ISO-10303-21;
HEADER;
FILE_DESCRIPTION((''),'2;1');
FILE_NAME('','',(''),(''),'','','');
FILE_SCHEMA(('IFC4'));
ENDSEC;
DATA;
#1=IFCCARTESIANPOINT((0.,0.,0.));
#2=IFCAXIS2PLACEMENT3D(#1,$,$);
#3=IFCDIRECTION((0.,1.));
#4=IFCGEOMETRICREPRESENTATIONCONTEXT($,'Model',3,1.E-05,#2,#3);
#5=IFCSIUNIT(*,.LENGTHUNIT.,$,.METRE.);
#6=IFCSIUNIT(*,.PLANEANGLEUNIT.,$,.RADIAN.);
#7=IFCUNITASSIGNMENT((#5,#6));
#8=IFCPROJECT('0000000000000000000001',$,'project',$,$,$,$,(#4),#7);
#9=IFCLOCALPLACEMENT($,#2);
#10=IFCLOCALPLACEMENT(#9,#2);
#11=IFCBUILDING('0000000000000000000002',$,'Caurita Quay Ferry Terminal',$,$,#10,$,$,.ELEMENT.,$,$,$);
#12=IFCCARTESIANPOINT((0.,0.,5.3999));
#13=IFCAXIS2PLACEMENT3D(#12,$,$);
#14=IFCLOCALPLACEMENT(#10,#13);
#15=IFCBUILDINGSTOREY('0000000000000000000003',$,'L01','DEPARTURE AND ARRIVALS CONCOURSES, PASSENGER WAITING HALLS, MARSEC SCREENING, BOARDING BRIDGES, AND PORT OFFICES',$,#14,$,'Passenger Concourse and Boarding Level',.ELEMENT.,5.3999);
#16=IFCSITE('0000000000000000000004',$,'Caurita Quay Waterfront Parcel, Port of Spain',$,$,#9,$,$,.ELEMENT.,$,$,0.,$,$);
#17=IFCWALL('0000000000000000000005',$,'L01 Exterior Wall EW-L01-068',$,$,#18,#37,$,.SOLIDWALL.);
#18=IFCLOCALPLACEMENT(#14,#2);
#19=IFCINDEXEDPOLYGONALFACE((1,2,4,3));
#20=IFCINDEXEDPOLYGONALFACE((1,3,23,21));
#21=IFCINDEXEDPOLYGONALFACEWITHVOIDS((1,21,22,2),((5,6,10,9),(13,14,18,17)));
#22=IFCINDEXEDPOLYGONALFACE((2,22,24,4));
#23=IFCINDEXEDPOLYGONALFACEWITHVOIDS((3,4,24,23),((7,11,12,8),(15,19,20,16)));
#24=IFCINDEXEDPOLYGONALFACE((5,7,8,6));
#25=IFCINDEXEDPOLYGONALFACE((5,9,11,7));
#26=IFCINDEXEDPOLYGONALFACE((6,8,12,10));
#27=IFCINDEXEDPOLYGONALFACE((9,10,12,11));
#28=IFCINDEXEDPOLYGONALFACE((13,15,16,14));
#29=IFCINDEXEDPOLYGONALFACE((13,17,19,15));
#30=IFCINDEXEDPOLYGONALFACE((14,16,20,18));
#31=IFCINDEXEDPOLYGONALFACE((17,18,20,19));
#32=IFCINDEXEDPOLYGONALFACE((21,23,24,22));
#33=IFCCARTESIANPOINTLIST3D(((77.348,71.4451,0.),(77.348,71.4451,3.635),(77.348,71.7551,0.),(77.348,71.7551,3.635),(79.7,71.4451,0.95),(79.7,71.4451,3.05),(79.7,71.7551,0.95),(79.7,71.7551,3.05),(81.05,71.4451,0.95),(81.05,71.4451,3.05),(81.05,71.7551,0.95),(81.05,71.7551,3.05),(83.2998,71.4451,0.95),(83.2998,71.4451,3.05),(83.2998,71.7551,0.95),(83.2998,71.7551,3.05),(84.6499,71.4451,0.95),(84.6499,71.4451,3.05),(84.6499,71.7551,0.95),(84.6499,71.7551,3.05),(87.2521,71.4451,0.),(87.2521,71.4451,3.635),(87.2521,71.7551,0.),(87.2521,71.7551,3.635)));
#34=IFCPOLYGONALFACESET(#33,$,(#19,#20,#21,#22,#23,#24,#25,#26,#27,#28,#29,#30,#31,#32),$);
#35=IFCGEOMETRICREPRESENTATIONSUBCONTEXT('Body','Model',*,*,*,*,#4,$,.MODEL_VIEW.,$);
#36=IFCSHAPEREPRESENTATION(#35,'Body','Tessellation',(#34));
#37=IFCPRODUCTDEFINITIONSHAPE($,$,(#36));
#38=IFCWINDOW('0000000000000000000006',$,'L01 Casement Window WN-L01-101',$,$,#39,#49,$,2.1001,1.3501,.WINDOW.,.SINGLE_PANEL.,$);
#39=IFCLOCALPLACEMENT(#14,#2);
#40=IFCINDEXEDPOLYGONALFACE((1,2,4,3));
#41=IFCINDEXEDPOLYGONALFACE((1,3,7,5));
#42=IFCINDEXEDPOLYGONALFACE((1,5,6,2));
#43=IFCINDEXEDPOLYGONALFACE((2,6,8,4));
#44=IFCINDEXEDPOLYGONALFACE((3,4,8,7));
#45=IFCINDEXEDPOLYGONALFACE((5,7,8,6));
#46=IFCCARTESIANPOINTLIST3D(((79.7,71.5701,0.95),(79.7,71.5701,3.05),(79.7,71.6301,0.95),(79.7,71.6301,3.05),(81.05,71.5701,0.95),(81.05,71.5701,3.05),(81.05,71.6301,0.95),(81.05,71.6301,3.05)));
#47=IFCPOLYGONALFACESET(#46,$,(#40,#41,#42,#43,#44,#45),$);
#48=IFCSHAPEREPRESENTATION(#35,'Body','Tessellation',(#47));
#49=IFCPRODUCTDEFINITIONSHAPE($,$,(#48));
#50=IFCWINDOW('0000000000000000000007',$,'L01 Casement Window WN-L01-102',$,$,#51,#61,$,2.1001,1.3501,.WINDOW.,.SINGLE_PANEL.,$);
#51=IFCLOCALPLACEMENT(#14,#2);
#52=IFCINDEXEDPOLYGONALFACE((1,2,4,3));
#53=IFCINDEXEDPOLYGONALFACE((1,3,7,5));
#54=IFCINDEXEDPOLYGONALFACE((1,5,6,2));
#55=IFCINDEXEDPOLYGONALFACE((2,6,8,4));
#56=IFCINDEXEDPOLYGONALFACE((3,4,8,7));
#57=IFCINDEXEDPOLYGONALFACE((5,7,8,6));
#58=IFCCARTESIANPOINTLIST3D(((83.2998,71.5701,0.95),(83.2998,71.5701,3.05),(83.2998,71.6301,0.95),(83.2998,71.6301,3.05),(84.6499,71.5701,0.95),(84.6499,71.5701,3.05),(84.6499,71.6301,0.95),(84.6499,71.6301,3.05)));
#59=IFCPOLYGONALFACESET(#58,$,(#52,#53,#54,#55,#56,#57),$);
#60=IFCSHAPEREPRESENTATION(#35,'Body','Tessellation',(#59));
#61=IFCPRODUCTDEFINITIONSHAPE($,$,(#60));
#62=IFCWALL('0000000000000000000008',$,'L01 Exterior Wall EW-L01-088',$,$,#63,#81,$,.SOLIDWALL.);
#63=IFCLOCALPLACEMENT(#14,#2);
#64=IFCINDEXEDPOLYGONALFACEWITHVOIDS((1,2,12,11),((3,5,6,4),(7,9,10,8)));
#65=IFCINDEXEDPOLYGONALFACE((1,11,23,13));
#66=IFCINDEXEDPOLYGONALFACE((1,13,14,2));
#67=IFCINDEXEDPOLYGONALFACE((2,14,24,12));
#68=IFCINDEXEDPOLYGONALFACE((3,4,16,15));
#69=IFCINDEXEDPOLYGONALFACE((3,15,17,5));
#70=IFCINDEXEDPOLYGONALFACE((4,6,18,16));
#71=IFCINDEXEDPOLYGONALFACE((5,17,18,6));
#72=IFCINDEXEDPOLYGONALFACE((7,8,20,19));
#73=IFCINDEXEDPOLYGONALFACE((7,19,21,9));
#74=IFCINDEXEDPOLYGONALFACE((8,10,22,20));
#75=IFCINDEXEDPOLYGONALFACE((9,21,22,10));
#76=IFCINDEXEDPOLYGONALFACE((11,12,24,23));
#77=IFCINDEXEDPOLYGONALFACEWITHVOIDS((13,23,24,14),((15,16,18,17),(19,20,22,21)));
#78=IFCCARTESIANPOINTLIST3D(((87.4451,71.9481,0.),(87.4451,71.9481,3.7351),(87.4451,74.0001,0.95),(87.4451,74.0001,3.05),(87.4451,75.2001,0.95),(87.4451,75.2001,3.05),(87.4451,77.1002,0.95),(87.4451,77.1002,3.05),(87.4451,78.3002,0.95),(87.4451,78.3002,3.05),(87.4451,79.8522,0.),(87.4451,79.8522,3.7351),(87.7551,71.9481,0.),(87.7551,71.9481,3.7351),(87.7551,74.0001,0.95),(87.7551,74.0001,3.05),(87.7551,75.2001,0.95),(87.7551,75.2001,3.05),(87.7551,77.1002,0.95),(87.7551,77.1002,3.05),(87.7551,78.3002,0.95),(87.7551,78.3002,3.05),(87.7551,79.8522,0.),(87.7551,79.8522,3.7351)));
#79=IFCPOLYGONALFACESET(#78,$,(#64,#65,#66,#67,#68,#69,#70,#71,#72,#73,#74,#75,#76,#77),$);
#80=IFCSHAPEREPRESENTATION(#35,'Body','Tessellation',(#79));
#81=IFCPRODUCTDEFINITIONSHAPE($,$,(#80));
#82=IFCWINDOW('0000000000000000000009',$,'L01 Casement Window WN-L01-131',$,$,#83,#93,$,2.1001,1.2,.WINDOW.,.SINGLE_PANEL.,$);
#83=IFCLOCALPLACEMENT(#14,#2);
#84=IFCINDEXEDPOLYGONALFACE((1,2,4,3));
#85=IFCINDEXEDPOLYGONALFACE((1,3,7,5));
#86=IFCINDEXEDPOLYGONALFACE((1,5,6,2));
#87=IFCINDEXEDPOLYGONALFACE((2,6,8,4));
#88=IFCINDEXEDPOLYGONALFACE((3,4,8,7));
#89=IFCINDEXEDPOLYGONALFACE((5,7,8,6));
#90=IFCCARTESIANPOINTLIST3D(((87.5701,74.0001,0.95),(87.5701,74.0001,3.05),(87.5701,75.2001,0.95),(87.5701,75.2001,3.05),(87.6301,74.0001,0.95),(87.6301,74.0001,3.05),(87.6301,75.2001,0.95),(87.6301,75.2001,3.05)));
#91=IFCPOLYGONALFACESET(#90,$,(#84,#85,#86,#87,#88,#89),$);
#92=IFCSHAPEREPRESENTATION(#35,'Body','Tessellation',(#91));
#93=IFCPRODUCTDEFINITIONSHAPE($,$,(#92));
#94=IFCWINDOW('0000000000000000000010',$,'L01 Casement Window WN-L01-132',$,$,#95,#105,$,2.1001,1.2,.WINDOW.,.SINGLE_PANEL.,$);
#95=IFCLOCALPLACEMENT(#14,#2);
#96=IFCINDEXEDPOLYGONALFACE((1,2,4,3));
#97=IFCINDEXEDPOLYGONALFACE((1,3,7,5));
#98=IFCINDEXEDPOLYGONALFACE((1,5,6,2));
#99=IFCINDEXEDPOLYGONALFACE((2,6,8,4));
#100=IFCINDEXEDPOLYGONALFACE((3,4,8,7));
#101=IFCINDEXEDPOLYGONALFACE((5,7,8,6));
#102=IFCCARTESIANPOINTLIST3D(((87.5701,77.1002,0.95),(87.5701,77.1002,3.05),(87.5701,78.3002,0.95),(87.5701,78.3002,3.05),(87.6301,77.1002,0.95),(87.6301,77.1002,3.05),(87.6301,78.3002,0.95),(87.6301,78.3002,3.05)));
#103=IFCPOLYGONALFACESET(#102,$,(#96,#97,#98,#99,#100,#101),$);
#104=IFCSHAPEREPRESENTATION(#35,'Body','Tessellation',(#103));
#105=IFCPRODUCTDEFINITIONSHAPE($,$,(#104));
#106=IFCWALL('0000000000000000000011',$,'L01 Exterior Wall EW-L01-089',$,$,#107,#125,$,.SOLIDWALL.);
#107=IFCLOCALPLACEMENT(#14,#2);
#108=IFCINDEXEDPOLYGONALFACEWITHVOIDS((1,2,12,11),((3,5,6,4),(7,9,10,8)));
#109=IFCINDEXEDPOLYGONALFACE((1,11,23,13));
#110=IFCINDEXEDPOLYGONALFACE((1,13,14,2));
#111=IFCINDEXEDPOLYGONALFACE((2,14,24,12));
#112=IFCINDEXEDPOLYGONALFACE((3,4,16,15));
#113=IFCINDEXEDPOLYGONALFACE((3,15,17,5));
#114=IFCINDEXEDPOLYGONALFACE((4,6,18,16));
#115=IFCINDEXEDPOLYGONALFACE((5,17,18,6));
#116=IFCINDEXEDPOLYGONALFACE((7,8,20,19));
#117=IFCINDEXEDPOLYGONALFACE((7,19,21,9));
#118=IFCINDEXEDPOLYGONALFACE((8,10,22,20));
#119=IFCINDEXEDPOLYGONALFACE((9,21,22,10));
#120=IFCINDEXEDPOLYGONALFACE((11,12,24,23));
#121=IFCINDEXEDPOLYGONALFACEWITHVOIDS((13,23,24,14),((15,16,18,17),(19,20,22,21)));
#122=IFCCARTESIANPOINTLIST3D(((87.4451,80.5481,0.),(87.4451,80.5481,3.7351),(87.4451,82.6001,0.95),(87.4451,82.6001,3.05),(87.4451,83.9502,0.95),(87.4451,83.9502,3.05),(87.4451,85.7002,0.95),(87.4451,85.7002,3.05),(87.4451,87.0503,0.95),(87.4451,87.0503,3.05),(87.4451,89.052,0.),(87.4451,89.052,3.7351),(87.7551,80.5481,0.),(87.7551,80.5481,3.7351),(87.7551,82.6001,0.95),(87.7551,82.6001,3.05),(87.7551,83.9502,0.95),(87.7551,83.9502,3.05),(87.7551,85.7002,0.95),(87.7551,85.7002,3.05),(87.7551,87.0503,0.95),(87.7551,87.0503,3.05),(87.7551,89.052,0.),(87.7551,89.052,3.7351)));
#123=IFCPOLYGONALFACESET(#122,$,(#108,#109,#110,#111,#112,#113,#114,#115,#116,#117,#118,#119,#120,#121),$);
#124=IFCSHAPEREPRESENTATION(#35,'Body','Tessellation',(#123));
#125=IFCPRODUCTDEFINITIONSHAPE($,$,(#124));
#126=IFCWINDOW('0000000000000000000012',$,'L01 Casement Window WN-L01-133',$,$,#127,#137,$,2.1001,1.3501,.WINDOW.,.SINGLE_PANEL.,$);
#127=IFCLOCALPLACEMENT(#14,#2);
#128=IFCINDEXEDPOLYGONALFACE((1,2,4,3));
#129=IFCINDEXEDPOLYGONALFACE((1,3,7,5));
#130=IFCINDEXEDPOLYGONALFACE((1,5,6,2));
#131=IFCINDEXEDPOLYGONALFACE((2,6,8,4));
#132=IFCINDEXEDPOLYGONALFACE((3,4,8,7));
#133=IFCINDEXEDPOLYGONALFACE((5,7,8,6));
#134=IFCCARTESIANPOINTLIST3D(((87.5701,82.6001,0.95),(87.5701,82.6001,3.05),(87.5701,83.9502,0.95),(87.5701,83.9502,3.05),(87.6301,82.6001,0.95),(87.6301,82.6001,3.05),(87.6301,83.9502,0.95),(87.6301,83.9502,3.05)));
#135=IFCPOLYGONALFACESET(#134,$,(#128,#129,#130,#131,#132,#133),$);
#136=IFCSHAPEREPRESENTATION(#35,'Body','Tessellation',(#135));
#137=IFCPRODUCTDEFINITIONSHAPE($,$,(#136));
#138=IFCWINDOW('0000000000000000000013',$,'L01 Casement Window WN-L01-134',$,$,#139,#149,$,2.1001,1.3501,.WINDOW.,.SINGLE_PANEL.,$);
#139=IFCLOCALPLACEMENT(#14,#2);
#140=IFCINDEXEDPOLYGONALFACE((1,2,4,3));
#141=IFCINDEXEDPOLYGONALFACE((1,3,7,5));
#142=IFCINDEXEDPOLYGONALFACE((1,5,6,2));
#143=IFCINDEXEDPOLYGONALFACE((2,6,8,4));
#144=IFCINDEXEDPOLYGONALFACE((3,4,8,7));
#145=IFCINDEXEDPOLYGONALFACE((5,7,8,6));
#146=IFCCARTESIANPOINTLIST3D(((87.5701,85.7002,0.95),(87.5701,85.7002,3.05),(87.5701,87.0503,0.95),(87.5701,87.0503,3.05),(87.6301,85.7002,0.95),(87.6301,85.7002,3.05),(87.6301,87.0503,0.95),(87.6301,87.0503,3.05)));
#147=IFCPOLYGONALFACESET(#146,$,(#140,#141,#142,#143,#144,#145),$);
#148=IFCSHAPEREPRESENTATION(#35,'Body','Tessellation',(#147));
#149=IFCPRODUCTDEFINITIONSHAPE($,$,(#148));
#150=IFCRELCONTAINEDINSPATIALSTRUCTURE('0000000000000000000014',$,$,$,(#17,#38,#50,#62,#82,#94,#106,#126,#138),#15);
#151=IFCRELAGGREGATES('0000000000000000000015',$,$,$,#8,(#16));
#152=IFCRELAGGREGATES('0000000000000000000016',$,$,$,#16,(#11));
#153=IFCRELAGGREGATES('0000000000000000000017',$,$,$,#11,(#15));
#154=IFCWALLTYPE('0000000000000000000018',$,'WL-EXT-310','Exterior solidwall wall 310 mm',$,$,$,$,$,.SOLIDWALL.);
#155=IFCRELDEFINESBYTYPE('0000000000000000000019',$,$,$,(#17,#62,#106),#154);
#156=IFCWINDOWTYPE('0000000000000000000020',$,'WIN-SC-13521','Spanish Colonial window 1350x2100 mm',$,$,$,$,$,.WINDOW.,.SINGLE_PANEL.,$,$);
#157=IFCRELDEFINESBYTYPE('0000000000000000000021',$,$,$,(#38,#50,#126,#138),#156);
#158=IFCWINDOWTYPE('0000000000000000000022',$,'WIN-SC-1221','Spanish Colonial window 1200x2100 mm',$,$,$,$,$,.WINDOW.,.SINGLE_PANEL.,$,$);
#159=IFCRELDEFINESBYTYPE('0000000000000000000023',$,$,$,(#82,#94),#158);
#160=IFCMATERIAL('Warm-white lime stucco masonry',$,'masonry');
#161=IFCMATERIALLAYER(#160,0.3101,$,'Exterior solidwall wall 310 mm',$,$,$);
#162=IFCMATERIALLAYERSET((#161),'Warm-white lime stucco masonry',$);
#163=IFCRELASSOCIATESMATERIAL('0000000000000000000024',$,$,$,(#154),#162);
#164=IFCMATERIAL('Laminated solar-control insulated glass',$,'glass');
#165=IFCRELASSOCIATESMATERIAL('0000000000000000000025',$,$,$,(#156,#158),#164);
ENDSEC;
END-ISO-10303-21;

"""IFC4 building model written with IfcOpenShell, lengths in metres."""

from ifc_helpers import new_model, si_unit, direction, frame, frame_2d, origin, place, context, subcontext, project, spatial, rectangle, extrude, material, layer, layer_set, type_object, element, fill, save


model = new_model("IFC4")

# Units and contexts
model_context = context("Model", 3, precision=1e-05, world=origin(), true_north=direction((0.0, 1.0)))
body_context = subcontext(model_context, "Body", "Model", "MODEL_VIEW")
ifc_project = project(units=[si_unit("LENGTHUNIT", "METRE"), si_unit("PLANEANGLEUNIT", "RADIAN")], contexts=[model_context])

# Site, building, storey
site_placement = place(None, origin())
site = spatial("IfcSite", under=ifc_project, at=site_placement, Name="Caurita Quay Waterfront Parcel, Port of Spain", CompositionType="ELEMENT", RefElevation=0.0)
building_placement = place(site_placement, origin())
building = spatial("IfcBuilding", under=site, at=building_placement, Name="Caurita Quay Ferry Terminal", CompositionType="ELEMENT")
storey_placement = place(building_placement, frame((0.0, 0.0, 5.3999)))
storey = spatial("IfcBuildingStorey", under=building, at=storey_placement, Name="L01", Description="DEPARTURE AND ARRIVALS CONCOURSES, PASSENGER WAITING HALLS, MARSEC SCREENING, BOARDING BRIDGES, AND PORT OFFICES", LongName="Passenger Concourse and Boarding Level", CompositionType="ELEMENT", Elevation=5.3999)

# Walls, openings, windows
ifc_material_1 = material(Name="Warm-white lime stucco masonry", Category="masonry")
ifc_layer = layer(ifc_material_1, 0.3101, Name="Exterior solidwall wall 310 mm")
ifc_layer_set = layer_set([ifc_layer], Name="Warm-white lime stucco masonry")
wall_type = type_object("IfcWallType", Name="WL-EXT-310", Description="Exterior solidwall wall 310 mm", PredefinedType="SOLIDWALL", material=ifc_layer_set)
wall_1_placement = place(storey_placement, frame((77.3479, 71.6001, 0.0), z_axis=(0.0, 0.0, 1.0), x_axis=(1.0, 0.0, 0.0)))
wall_1 = element("IfcWall", 1, at=wall_1_placement, inside=storey, type_object=wall_type, Name="L01 Exterior Wall EW-L01-068", PredefinedType="SOLIDWALL", context=body_context, shape_type="SweptSolid", body=[
    extrude(rectangle(XDim=9.9041, YDim=0.3101, at=frame_2d((4.9521, 0.0))), origin(), (0.0, 0.0, 1.0), 3.635),
])
opening_1_placement = place(wall_1_placement, frame((2.3521, 0.0, 0.95)))
opening_1 = element("IfcOpeningElement", 2, at=opening_1_placement, cuts=wall_1, PredefinedType="OPENING", context=body_context, shape_type="SweptSolid", body=[
    extrude(rectangle(XDim=1.3501, YDim=2.1001, at=frame_2d((0.675, 1.05))), frame((0.0, 0.165, 0.0), z_axis=(0.0, -1.0, 0.0), x_axis=(1.0, 0.0, 0.0)), (0.0, 0.0, 1.0), 0.3301),
])
opening_2_placement = place(wall_1_placement, frame((5.9519, 0.0, 0.95)))
opening_2 = element("IfcOpeningElement", 3, at=opening_2_placement, cuts=wall_1, PredefinedType="OPENING", context=body_context, shape_type="SweptSolid", body=[
    extrude(rectangle(XDim=1.3501, YDim=2.1001, at=frame_2d((0.675, 1.05))), frame((0.0, 0.165, 0.0), z_axis=(0.0, -1.0, 0.0), x_axis=(1.0, 0.0, 0.0)), (0.0, 0.0, 1.0), 0.3301),
])
ifc_material_2 = material(Name="Laminated solar-control insulated glass", Category="glass")
window_type_1 = type_object("IfcWindowType", Name="WIN-SC-13521", Description="Spanish Colonial window 1350x2100 mm", PartitioningType="SINGLE_PANEL", PredefinedType="WINDOW", material=ifc_material_2)
window_1_placement = place(opening_1_placement, origin())
window_1 = element("IfcWindow", 4, at=window_1_placement, inside=storey, type_object=window_type_1, Name="L01 Casement Window WN-L01-101", OverallHeight=2.1001, OverallWidth=1.3501, PartitioningType="SINGLE_PANEL", PredefinedType="WINDOW", context=body_context, shape_type="SweptSolid", body=[
    extrude(rectangle(XDim=1.3501, YDim=2.1001, at=frame_2d((0.675, 1.05))), frame((0.0, 0.03, 0.0), z_axis=(0.0, -1.0, 0.0), x_axis=(1.0, 0.0, 0.0)), (0.0, 0.0, 1.0), 0.0601),
])
fill(opening_1, window_1)
window_2_placement = place(opening_2_placement, origin())
window_2 = element("IfcWindow", 5, at=window_2_placement, inside=storey, type_object=window_type_1, Name="L01 Casement Window WN-L01-102", OverallHeight=2.1001, OverallWidth=1.3501, PartitioningType="SINGLE_PANEL", PredefinedType="WINDOW", context=body_context, shape_type="SweptSolid", body=[
    extrude(rectangle(XDim=1.3501, YDim=2.1001, at=frame_2d((0.675, 1.05))), frame((0.0, 0.03, 0.0), z_axis=(0.0, -1.0, 0.0), x_axis=(1.0, 0.0, 0.0)), (0.0, 0.0, 1.0), 0.0601),
])
fill(opening_2, window_2)
wall_2_placement = place(storey_placement, frame((87.6001, 71.948, 0.0), z_axis=(0.0, 0.0, 1.0), x_axis=(0.0, 1.0, 0.0)))
wall_2 = element("IfcWall", 6, at=wall_2_placement, inside=storey, type_object=wall_type, Name="L01 Exterior Wall EW-L01-088", PredefinedType="SOLIDWALL", context=body_context, shape_type="SweptSolid", body=[
    extrude(rectangle(XDim=7.9041, YDim=0.3101, at=frame_2d((3.9521, 0.0))), origin(), (0.0, 0.0, 1.0), 3.7351),
])
opening_3_placement = place(wall_2_placement, frame((2.052, 0.0, 0.95)))
opening_3 = element("IfcOpeningElement", 7, at=opening_3_placement, cuts=wall_2, PredefinedType="OPENING", context=body_context, shape_type="SweptSolid", body=[
    extrude(rectangle(XDim=1.2, YDim=2.1001, at=frame_2d((0.6001, 1.05))), frame((0.0, 0.165, 0.0), z_axis=(0.0, -1.0, 0.0), x_axis=(1.0, 0.0, 0.0)), (0.0, 0.0, 1.0), 0.3301),
])
opening_4_placement = place(wall_2_placement, frame((5.1521, 0.0, 0.95)))
opening_4 = element("IfcOpeningElement", 8, at=opening_4_placement, cuts=wall_2, PredefinedType="OPENING", context=body_context, shape_type="SweptSolid", body=[
    extrude(rectangle(XDim=1.2, YDim=2.1001, at=frame_2d((0.6001, 1.05))), frame((0.0, 0.165, 0.0), z_axis=(0.0, -1.0, 0.0), x_axis=(1.0, 0.0, 0.0)), (0.0, 0.0, 1.0), 0.3301),
])
window_type_2 = type_object("IfcWindowType", Name="WIN-SC-1221", Description="Spanish Colonial window 1200x2100 mm", PartitioningType="SINGLE_PANEL", PredefinedType="WINDOW", material=ifc_material_2)
window_3_placement = place(opening_3_placement, origin())
window_3 = element("IfcWindow", 9, at=window_3_placement, inside=storey, type_object=window_type_2, Name="L01 Casement Window WN-L01-131", OverallHeight=2.1001, OverallWidth=1.2, PartitioningType="SINGLE_PANEL", PredefinedType="WINDOW", context=body_context, shape_type="SweptSolid", body=[
    extrude(rectangle(XDim=1.2, YDim=2.1001, at=frame_2d((0.6001, 1.05))), frame((0.0, 0.03, 0.0), z_axis=(0.0, -1.0, 0.0), x_axis=(1.0, 0.0, 0.0)), (0.0, 0.0, 1.0), 0.0601),
])
fill(opening_3, window_3)
window_4_placement = place(opening_4_placement, origin())
window_4 = element("IfcWindow", 10, at=window_4_placement, inside=storey, type_object=window_type_2, Name="L01 Casement Window WN-L01-132", OverallHeight=2.1001, OverallWidth=1.2, PartitioningType="SINGLE_PANEL", PredefinedType="WINDOW", context=body_context, shape_type="SweptSolid", body=[
    extrude(rectangle(XDim=1.2, YDim=2.1001, at=frame_2d((0.6001, 1.05))), frame((0.0, 0.03, 0.0), z_axis=(0.0, -1.0, 0.0), x_axis=(1.0, 0.0, 0.0)), (0.0, 0.0, 1.0), 0.0601),
])
fill(opening_4, window_4)
wall_3_placement = place(storey_placement, frame((87.6001, 80.5481, 0.0), z_axis=(0.0, 0.0, 1.0), x_axis=(0.0, 1.0, 0.0)))
wall_3 = element("IfcWall", 11, at=wall_3_placement, inside=storey, type_object=wall_type, Name="L01 Exterior Wall EW-L01-089", PredefinedType="SOLIDWALL", context=body_context, shape_type="SweptSolid", body=[
    extrude(rectangle(XDim=8.5039, YDim=0.3101, at=frame_2d((4.252, 0.0))), origin(), (0.0, 0.0, 1.0), 3.7351),
])
opening_5_placement = place(wall_3_placement, frame((2.052, 0.0, 0.95)))
opening_5 = element("IfcOpeningElement", 12, at=opening_5_placement, cuts=wall_3, PredefinedType="OPENING", context=body_context, shape_type="SweptSolid", body=[
    extrude(rectangle(XDim=1.3501, YDim=2.1001, at=frame_2d((0.675, 1.05))), frame((0.0, 0.165, 0.0), z_axis=(0.0, -1.0, 0.0), x_axis=(1.0, 0.0, 0.0)), (0.0, 0.0, 1.0), 0.3301),
])
opening_6_placement = place(wall_3_placement, frame((5.1521, 0.0, 0.95)))
opening_6 = element("IfcOpeningElement", 13, at=opening_6_placement, cuts=wall_3, PredefinedType="OPENING", context=body_context, shape_type="SweptSolid", body=[
    extrude(rectangle(XDim=1.3501, YDim=2.1001, at=frame_2d((0.675, 1.05))), frame((0.0, 0.165, 0.0), z_axis=(0.0, -1.0, 0.0), x_axis=(1.0, 0.0, 0.0)), (0.0, 0.0, 1.0), 0.3301),
])
window_5_placement = place(opening_5_placement, origin())
window_5 = element("IfcWindow", 14, at=window_5_placement, inside=storey, type_object=window_type_1, Name="L01 Casement Window WN-L01-133", OverallHeight=2.1001, OverallWidth=1.3501, PartitioningType="SINGLE_PANEL", PredefinedType="WINDOW", context=body_context, shape_type="SweptSolid", body=[
    extrude(rectangle(XDim=1.3501, YDim=2.1001, at=frame_2d((0.675, 1.05))), frame((0.0, 0.03, 0.0), z_axis=(0.0, -1.0, 0.0), x_axis=(1.0, 0.0, 0.0)), (0.0, 0.0, 1.0), 0.0601),
])
fill(opening_5, window_5)
window_6_placement = place(opening_6_placement, origin())
window_6 = element("IfcWindow", 15, at=window_6_placement, inside=storey, type_object=window_type_1, Name="L01 Casement Window WN-L01-134", OverallHeight=2.1001, OverallWidth=1.3501, PartitioningType="SINGLE_PANEL", PredefinedType="WINDOW", context=body_context, shape_type="SweptSolid", body=[
    extrude(rectangle(XDim=1.3501, YDim=2.1001, at=frame_2d((0.675, 1.05))), frame((0.0, 0.03, 0.0), z_axis=(0.0, -1.0, 0.0), x_axis=(1.0, 0.0, 0.0)), (0.0, 0.0, 1.0), 0.0601),
])
fill(opening_6, window_6)

save(model, "model.ifc")
